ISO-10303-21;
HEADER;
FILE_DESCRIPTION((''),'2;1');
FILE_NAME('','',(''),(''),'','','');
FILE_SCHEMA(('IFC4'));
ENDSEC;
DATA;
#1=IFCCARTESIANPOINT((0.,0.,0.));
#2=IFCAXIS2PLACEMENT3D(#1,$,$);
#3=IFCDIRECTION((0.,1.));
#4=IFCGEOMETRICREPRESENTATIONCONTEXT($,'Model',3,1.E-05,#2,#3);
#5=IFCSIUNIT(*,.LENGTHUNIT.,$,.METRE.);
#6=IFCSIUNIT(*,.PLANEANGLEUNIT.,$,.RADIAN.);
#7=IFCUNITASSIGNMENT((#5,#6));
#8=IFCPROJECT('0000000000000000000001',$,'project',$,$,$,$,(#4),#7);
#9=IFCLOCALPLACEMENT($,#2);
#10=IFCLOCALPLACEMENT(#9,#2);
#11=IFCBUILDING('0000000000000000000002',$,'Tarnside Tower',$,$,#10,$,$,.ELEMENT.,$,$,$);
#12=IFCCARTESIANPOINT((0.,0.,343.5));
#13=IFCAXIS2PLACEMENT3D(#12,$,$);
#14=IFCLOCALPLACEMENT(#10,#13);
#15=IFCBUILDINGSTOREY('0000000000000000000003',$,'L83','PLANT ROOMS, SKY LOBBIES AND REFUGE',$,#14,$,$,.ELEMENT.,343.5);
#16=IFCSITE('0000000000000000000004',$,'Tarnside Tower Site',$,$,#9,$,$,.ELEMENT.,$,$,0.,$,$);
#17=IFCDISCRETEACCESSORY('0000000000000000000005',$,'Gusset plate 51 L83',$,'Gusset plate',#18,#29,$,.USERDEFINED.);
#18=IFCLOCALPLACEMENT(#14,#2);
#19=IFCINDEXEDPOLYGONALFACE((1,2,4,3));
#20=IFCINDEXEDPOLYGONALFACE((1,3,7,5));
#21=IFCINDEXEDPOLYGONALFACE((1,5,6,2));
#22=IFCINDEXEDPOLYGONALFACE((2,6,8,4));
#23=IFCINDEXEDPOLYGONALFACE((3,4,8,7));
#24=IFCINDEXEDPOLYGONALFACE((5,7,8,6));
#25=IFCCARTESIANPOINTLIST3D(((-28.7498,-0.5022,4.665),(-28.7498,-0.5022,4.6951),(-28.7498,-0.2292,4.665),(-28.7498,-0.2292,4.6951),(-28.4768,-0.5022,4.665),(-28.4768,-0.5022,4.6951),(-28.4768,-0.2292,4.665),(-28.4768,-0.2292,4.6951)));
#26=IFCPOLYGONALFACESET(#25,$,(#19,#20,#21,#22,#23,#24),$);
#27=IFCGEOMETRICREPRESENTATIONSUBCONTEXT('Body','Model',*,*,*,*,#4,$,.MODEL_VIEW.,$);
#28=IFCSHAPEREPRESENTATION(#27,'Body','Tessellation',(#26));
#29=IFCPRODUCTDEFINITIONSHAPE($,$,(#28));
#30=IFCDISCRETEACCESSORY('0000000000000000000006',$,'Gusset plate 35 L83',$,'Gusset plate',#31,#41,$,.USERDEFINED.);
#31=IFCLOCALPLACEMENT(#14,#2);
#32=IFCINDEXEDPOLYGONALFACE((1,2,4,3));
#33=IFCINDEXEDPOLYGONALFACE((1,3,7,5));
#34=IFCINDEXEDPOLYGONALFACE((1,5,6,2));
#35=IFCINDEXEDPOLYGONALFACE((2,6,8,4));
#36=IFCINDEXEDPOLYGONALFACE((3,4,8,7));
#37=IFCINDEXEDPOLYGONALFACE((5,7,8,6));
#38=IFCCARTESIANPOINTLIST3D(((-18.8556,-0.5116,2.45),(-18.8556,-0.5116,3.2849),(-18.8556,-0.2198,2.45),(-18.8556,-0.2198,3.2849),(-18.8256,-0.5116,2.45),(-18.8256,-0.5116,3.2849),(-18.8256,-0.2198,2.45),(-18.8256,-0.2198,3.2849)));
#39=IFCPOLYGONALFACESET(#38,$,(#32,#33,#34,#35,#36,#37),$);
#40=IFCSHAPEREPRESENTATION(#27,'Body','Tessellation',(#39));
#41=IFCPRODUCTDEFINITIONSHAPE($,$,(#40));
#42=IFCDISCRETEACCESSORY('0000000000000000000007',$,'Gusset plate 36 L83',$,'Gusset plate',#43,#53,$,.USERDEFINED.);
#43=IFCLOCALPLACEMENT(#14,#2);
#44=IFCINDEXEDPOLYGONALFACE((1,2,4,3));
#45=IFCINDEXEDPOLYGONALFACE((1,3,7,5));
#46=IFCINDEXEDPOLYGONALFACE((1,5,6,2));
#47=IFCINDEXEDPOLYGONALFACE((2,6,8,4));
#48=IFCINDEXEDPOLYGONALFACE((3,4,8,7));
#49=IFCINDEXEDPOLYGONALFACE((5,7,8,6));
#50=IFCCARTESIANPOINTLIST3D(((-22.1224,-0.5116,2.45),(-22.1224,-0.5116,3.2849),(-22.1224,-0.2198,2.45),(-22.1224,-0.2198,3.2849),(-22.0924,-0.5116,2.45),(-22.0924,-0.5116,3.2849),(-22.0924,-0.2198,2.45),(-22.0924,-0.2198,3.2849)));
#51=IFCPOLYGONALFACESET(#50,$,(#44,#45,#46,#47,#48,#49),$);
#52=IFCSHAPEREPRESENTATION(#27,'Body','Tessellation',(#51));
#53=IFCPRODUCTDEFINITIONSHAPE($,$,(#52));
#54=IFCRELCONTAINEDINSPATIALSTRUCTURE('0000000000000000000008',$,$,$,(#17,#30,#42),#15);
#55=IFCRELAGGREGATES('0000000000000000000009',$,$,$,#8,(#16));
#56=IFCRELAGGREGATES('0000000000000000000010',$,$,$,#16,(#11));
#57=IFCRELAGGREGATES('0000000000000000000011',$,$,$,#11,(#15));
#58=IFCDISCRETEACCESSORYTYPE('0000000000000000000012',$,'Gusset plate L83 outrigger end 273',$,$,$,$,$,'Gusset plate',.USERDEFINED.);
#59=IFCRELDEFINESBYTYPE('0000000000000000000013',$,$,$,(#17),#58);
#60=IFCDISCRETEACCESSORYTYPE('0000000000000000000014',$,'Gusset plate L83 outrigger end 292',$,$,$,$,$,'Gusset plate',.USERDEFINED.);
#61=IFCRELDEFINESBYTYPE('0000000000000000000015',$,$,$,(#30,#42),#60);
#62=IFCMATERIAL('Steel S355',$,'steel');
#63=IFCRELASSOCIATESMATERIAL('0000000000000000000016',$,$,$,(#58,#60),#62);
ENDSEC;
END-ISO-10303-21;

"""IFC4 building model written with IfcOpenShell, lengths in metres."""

from ifc_helpers import new_model, si_unit, direction, frame, origin, origin_2d, place, context, subcontext, project, spatial, rectangle, extrude, material, type_object, element, save


model = new_model("IFC4")

# Units and contexts
model_context = context("Model", 3, precision=1e-05, world=origin(), true_north=direction((0.0, 1.0)))
body_context = subcontext(model_context, "Body", "Model", "MODEL_VIEW")
ifc_project = project(units=[si_unit("LENGTHUNIT", "METRE"), si_unit("PLANEANGLEUNIT", "RADIAN")], contexts=[model_context])

# Site, building, storey
site_placement = place(None, origin())
site = spatial("IfcSite", under=ifc_project, at=site_placement, Name="Tarnside Tower Site", CompositionType="ELEMENT", RefElevation=0.0)
building_placement = place(site_placement, origin())
building = spatial("IfcBuilding", under=site, at=building_placement, Name="Tarnside Tower", CompositionType="ELEMENT")
storey_placement = place(building_placement, frame((0.0, 0.0, 343.5)))
storey = spatial("IfcBuildingStorey", under=building, at=storey_placement, Name="L83", Description="PLANT ROOMS, SKY LOBBIES AND REFUGE", CompositionType="ELEMENT", Elevation=343.5)

# Shared definitions
ifc_material_1 = material(Name="Steel S355", Category="steel")

# Discrete accessories
discrete_accessory_type_1 = type_object("IfcDiscreteAccessoryType", Name="Gusset plate L83 outrigger end 273", ElementType="Gusset plate", PredefinedType="USERDEFINED", material=ifc_material_1)
for number, where, z_axis, x_axis, name in (
    (1, (-28.6133, -0.3657, 4.665), (0.0, 0.0, 1.0), (1.0, 0.0, 0.0), "Gusset plate 51 L83"),
):
    element("IfcDiscreteAccessory", number, at=place(storey_placement, frame(where, z_axis=z_axis, x_axis=x_axis)), inside=storey, type_object=discrete_accessory_type_1, Name=name, ObjectType="Gusset plate", PredefinedType="USERDEFINED", context=body_context, shape_type="SweptSolid", body=[
        extrude(rectangle(XDim=0.2729, YDim=0.2729, at=origin_2d()), origin(), (0.0, 0.0, 1.0), 0.03),
    ])
discrete_accessory_type_2 = type_object("IfcDiscreteAccessoryType", Name="Gusset plate L83 outrigger end 292", ElementType="Gusset plate", PredefinedType="USERDEFINED", material=ifc_material_1)
for number, where, z_axis, x_axis, name in (
    (2, (-18.8406, -0.3657, 2.45), (0.0, 0.0, 1.0), (1.0, 0.0, 0.0), "Gusset plate 35 L83"),
    (3, (-22.1074, -0.3657, 2.45), (0.0, 0.0, 1.0), (-1.0, 0.0, 0.0), "Gusset plate 36 L83"),
):
    element("IfcDiscreteAccessory", number, at=place(storey_placement, frame(where, z_axis=z_axis, x_axis=x_axis)), inside=storey, type_object=discrete_accessory_type_2, Name=name, ObjectType="Gusset plate", PredefinedType="USERDEFINED", context=body_context, shape_type="SweptSolid", body=[
        extrude(rectangle(XDim=0.03, YDim=0.2917, at=origin_2d()), origin(), (0.0, 0.0, 1.0), 0.835),
    ])

save(model, "model.ifc")
